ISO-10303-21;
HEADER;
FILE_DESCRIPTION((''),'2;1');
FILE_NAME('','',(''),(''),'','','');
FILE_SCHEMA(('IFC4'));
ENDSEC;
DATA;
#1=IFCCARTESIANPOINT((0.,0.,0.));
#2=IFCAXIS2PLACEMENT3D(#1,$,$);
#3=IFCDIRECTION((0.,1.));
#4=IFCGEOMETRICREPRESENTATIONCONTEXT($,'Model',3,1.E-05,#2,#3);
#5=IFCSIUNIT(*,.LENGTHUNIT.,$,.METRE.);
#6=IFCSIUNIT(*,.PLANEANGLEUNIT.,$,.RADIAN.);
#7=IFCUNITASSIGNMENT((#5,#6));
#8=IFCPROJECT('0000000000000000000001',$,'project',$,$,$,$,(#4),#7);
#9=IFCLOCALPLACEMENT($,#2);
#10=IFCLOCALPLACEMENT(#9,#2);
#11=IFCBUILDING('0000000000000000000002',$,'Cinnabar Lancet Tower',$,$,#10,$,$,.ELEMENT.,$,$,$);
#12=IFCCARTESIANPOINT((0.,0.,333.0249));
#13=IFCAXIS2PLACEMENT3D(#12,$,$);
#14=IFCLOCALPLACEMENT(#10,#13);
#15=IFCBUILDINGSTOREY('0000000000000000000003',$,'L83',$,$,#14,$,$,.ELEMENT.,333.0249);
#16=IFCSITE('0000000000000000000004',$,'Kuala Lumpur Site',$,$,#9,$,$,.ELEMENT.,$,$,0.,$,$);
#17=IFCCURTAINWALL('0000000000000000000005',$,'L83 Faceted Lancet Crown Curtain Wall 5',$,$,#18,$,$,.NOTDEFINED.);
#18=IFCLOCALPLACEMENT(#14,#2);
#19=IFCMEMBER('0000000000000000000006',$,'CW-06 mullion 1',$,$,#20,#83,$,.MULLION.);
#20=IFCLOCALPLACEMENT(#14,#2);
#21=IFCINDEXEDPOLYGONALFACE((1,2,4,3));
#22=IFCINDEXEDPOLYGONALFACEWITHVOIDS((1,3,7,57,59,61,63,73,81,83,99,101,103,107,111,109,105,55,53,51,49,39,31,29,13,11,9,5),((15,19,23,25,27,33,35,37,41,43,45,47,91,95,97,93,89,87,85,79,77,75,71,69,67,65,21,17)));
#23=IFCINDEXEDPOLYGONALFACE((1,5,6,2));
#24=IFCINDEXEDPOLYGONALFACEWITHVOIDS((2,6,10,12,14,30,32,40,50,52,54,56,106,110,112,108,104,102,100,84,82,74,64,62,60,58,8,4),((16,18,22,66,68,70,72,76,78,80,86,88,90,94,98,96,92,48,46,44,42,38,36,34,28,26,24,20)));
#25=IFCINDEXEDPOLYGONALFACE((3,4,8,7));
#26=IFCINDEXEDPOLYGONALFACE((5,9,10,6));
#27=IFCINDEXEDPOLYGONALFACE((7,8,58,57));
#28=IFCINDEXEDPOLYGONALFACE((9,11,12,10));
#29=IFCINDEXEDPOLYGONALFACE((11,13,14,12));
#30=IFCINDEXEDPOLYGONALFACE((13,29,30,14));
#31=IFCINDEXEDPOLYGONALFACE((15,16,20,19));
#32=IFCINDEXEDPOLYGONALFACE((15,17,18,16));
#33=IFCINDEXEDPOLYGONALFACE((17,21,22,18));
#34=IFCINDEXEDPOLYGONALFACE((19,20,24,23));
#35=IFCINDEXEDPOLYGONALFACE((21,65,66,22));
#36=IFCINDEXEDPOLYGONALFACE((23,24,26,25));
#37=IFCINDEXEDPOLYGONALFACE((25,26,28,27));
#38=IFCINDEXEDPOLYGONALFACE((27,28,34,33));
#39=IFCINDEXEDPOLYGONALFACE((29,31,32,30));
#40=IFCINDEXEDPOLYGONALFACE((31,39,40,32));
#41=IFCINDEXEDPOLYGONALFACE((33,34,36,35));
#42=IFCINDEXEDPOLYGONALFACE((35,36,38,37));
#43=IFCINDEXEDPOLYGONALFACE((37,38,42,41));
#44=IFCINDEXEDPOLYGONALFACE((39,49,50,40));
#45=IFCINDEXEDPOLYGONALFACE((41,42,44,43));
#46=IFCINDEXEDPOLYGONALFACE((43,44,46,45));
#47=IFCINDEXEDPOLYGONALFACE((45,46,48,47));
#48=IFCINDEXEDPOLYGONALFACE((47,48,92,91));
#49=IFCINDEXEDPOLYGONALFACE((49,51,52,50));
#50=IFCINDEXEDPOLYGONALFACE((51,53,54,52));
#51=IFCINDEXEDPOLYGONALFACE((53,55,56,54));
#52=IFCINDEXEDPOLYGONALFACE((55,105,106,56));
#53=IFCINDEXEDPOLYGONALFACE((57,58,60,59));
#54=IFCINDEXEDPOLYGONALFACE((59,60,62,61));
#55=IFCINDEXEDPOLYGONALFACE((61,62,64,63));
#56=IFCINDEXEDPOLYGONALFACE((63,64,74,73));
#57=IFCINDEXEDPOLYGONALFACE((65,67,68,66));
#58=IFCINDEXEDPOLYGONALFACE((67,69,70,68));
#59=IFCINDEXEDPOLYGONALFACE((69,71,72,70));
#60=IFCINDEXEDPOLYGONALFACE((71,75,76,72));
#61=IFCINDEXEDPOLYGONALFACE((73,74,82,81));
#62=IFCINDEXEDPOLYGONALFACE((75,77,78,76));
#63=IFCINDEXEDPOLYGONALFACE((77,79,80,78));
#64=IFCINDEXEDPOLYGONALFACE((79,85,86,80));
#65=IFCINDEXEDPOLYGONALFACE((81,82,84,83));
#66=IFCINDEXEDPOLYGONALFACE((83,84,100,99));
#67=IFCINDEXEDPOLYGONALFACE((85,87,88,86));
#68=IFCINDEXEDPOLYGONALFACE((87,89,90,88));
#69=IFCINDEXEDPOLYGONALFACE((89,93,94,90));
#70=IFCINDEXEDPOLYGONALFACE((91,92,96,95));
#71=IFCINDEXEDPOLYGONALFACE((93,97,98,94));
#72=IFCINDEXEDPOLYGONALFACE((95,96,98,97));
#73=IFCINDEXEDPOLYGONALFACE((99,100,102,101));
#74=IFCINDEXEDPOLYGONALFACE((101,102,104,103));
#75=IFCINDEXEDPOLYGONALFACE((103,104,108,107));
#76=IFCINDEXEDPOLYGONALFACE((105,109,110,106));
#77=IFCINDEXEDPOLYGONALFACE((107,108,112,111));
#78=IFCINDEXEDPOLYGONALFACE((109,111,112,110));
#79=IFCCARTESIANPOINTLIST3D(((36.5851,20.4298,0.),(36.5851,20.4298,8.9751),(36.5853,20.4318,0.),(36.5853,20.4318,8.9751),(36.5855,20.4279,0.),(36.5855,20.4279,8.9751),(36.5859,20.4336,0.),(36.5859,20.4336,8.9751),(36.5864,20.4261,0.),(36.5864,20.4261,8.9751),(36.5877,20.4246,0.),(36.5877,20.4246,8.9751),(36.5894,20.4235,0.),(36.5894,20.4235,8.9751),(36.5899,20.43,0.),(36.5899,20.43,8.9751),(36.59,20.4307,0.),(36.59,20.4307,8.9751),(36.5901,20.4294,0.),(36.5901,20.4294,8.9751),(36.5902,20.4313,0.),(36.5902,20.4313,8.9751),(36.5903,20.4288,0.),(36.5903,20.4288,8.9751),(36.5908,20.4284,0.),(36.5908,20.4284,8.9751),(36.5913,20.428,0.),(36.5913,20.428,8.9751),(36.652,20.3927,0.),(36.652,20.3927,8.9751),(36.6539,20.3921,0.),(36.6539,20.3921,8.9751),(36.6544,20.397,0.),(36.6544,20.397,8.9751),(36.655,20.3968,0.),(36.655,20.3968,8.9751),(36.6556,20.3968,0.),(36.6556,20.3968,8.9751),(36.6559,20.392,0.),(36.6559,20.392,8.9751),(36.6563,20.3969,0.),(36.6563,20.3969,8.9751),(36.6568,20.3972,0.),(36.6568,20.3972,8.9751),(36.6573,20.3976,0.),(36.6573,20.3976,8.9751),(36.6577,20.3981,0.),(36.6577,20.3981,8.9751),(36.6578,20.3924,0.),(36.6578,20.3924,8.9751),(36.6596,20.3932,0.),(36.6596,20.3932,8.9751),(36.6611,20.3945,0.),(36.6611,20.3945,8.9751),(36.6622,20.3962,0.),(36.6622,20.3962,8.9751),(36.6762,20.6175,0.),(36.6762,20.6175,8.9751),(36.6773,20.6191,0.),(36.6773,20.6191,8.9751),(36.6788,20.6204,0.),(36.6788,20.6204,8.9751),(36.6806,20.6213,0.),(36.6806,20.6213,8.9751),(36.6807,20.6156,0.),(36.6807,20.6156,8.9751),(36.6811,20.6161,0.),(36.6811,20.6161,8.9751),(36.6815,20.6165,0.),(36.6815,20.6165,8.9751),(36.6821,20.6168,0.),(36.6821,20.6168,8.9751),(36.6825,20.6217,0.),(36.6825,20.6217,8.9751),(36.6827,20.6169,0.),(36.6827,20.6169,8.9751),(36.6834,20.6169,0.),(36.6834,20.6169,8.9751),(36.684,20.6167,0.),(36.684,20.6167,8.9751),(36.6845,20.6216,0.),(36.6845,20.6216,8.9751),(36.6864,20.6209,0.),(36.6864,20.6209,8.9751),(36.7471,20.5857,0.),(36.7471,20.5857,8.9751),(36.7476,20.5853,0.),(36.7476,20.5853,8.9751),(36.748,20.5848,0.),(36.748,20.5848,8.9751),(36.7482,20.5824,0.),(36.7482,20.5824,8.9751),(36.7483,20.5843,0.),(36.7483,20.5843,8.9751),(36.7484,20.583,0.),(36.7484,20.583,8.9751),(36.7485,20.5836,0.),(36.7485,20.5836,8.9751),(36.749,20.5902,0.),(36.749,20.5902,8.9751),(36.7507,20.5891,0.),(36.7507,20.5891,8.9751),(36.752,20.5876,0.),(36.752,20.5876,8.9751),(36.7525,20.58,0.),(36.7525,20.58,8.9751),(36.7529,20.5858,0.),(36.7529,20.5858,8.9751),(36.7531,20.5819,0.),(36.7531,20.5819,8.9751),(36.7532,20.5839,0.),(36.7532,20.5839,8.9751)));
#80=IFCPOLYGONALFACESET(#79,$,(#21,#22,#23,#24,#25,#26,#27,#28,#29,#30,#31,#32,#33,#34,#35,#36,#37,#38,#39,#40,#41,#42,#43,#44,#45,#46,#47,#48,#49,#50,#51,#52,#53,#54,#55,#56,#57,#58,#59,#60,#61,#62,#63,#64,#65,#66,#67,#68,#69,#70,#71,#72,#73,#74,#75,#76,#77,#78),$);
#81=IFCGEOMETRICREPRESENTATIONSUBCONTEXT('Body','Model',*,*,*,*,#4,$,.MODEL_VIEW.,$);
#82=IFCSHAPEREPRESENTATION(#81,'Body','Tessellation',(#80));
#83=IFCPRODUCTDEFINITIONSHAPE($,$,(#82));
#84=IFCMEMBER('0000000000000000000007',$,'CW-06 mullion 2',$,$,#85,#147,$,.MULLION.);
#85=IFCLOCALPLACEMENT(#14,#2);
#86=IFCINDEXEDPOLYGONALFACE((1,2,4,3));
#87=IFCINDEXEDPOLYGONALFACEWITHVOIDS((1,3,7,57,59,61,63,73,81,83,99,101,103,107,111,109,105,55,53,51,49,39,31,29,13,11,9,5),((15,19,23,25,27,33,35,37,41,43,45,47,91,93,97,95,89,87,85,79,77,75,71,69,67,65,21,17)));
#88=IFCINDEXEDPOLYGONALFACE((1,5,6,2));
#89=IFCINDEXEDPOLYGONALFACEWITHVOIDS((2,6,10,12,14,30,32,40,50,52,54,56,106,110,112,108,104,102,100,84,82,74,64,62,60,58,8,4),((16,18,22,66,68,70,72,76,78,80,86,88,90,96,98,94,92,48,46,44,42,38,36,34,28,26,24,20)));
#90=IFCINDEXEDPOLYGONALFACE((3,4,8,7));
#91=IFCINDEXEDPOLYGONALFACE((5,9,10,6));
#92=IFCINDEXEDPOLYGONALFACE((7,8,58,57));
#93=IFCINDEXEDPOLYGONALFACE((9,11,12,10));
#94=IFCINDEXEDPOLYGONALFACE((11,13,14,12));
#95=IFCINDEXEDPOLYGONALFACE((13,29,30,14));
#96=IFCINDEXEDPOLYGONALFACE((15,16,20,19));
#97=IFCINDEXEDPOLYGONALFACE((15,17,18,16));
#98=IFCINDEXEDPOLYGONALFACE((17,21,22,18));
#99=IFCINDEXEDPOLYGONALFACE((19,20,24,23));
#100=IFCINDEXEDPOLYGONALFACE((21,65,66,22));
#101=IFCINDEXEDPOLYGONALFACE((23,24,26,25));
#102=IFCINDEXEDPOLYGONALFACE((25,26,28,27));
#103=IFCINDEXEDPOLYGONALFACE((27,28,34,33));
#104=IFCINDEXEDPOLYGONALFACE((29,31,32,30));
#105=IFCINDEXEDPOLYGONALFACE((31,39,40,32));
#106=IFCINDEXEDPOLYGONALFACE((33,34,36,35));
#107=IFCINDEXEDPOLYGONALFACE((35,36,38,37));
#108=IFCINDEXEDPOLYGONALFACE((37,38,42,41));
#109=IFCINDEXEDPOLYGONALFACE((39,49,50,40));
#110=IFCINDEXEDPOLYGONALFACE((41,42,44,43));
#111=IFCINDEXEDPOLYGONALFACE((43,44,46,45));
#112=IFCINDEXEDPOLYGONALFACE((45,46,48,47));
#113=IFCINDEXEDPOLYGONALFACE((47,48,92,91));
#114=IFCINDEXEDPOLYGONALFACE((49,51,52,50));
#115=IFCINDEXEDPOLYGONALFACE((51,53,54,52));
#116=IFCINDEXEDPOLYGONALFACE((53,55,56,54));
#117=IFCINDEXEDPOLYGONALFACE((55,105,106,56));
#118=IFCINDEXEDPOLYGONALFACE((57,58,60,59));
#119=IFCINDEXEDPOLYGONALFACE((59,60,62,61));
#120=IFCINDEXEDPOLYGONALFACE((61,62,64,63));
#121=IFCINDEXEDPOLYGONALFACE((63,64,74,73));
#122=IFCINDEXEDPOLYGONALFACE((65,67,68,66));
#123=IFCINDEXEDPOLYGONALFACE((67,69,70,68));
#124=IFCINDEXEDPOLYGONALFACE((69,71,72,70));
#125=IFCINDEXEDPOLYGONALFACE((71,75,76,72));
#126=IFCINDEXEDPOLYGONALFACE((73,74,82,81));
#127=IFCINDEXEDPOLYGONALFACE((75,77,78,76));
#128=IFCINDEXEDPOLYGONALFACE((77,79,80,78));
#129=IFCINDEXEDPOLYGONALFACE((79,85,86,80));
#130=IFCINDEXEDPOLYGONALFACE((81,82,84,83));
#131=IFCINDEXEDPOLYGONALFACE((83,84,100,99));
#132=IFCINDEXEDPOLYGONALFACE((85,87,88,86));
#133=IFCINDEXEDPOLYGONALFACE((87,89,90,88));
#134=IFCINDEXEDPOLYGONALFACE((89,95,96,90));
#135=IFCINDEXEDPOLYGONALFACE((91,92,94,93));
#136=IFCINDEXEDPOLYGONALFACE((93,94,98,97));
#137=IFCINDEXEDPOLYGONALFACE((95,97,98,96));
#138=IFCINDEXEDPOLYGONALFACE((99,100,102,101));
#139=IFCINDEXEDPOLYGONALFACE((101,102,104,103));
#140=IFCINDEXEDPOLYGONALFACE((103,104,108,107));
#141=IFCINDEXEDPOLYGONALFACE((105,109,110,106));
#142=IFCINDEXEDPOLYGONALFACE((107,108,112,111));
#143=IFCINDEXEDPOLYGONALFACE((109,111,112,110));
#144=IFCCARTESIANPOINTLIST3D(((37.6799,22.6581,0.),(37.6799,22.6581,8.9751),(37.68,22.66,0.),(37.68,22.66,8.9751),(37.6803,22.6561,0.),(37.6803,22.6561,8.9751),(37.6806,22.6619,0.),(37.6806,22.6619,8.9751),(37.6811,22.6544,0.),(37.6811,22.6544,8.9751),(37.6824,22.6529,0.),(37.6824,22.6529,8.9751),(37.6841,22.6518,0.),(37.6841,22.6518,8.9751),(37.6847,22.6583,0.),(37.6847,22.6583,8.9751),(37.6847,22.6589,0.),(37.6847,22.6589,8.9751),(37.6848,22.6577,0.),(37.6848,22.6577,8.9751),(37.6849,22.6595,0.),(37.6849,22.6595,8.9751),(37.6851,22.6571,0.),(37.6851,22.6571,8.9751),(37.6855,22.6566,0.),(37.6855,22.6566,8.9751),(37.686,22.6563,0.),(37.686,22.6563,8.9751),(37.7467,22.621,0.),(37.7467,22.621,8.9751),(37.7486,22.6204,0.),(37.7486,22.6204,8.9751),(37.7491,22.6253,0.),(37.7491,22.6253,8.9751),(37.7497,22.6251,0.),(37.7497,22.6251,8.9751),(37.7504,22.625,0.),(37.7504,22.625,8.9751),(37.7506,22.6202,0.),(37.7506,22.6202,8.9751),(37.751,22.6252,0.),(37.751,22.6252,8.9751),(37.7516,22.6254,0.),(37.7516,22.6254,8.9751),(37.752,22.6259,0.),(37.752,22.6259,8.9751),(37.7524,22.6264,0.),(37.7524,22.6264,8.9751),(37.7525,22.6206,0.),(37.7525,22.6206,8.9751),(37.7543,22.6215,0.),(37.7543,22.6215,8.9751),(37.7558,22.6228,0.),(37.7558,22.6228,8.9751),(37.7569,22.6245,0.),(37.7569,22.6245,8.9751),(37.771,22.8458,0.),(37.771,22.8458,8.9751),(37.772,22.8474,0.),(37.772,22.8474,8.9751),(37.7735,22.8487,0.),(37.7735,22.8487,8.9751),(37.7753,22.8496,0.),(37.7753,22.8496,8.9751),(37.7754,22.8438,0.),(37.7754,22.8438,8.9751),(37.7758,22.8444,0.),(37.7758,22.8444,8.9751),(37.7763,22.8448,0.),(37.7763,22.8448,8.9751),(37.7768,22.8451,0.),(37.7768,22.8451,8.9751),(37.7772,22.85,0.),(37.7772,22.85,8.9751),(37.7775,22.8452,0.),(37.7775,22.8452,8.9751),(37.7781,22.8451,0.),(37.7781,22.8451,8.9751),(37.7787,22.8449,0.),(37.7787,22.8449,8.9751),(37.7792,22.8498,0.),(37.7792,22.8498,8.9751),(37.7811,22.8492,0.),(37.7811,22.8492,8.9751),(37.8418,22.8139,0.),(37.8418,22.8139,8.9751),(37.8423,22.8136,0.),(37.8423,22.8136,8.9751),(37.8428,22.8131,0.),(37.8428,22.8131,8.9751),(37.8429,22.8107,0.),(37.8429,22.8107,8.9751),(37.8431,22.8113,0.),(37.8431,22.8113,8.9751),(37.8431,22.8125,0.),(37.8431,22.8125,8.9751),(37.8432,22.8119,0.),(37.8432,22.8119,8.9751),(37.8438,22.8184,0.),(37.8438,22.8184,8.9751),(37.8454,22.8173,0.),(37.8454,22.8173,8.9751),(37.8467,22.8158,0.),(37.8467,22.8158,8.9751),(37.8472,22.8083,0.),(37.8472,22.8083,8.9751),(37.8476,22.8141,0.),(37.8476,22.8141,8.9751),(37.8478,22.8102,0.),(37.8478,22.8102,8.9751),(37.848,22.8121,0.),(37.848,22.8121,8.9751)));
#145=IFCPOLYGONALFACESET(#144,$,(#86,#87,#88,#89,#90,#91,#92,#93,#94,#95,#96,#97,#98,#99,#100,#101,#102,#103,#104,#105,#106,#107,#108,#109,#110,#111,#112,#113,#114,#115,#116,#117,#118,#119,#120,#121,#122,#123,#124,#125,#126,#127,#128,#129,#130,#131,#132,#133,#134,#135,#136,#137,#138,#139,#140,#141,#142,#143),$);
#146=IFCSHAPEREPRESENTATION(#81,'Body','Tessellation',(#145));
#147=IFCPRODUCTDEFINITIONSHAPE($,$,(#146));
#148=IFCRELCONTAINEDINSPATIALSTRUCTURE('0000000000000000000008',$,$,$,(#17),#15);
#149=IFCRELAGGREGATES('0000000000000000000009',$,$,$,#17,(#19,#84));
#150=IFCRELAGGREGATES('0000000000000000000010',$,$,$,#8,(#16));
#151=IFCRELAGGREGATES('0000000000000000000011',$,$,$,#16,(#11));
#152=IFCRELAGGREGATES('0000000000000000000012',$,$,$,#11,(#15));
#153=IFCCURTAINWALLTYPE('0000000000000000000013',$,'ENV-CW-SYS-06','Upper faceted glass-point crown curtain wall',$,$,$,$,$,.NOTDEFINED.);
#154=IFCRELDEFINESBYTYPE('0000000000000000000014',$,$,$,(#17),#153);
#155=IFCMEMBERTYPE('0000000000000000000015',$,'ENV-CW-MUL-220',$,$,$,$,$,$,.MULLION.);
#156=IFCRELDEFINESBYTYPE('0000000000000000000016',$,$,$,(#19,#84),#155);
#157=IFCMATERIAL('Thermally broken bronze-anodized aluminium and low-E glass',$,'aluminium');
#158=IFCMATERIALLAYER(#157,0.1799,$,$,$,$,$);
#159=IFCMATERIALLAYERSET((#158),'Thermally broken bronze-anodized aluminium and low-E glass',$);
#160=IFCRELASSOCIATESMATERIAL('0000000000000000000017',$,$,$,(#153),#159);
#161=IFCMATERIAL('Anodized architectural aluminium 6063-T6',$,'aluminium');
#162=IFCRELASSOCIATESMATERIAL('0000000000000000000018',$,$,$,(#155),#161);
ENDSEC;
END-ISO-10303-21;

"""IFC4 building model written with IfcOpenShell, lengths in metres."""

from ifc_helpers import new_model, si_unit, direction, frame, origin, origin_2d, place, context, subcontext, project, spatial, hollow_rectangle, extrude, material, layer, layer_set, material_profile, profile_set, type_object, element, aggregate, save


model = new_model("IFC4")

# Units and contexts
model_context = context("Model", 3, precision=1e-05, world=origin(), true_north=direction((0.0, 1.0)))
body_context = subcontext(model_context, "Body", "Model", "MODEL_VIEW")
ifc_project = project(units=[si_unit("LENGTHUNIT", "METRE"), si_unit("PLANEANGLEUNIT", "RADIAN")], contexts=[model_context])

# Site, building, storey
site_placement = place(None, origin())
site = spatial("IfcSite", under=ifc_project, at=site_placement, Name="Kuala Lumpur Site", CompositionType="ELEMENT", RefElevation=0.0)
building_placement = place(site_placement, origin())
building = spatial("IfcBuilding", under=site, at=building_placement, Name="Cinnabar Lancet Tower", CompositionType="ELEMENT")
storey_placement = place(building_placement, frame((0.0, 0.0, 333.0249)))
storey = spatial("IfcBuildingStorey", under=building, at=storey_placement, Name="L83", CompositionType="ELEMENT", Elevation=333.0249)

# Curtain wall, members
ifc_material_1 = material(Name="Thermally broken bronze-anodized aluminium and low-E glass", Category="aluminium")
ifc_layer_1 = layer(ifc_material_1, 0.1799)
ifc_layer_set_1 = layer_set([ifc_layer_1], Name="Thermally broken bronze-anodized aluminium and low-E glass")
curtain_wall_type = type_object("IfcCurtainWallType", Name="ENV-CW-SYS-06", Description="Upper faceted glass-point crown curtain wall", PredefinedType="NOTDEFINED", material=ifc_layer_set_1)
ifc_material_2 = material(Name="Anodized architectural aluminium 6063-T6", Category="aluminium")
ifc_material_profile_1 = material_profile(ifc_material_2, hollow_rectangle(XDim=0.085, YDim=0.22, WallThickness=0.0049, InnerFilletRadius=0.0024, OuterFilletRadius=0.0076, at=origin_2d()), Name="CW-MUL 220x85x5")
ifc_profile_set_1 = profile_set([ifc_material_profile_1], Name="Anodized architectural aluminium 6063-T6")
member_type_1 = type_object("IfcMemberType", Name="ENV-CW-MUL-220", PredefinedType="MULLION", material=ifc_profile_set_1)
curtain_wall_1_placement = place(storey_placement, origin())
curtain_wall_1 = element("IfcCurtainWall", 1, at=curtain_wall_1_placement, inside=storey, type_object=curtain_wall_type, Name="L83 Faceted Lancet Crown Curtain Wall 5", PredefinedType="NOTDEFINED")
member_1_placement = place(storey_placement, frame((36.6692, 20.5068, 0.0), z_axis=(0.0, 0.0, 1.0), x_axis=(-0.89751, 0.440994, 0.0)))
member_1 = element("IfcMember", 2, at=member_1_placement, type_object=member_type_1, Name="CW-06 mullion 1", PredefinedType="MULLION", context=body_context, shape_type="SweptSolid", body=[
    extrude(hollow_rectangle(XDim=0.085, YDim=0.22, WallThickness=0.0049, InnerFilletRadius=0.0024, OuterFilletRadius=0.0076, at=origin_2d()), origin(), (0.0, 0.0, 1.0), 8.9751),
])
member_2_placement = place(storey_placement, frame((37.7639, 22.7351, 0.0), z_axis=(0.0, 0.0, 1.0), x_axis=(-0.89751, 0.440994, 0.0)))
member_2 = element("IfcMember", 3, at=member_2_placement, type_object=member_type_1, Name="CW-06 mullion 2", PredefinedType="MULLION", context=body_context, shape_type="SweptSolid", body=[
    extrude(hollow_rectangle(XDim=0.085, YDim=0.22, WallThickness=0.0049, InnerFilletRadius=0.0024, OuterFilletRadius=0.0076, at=origin_2d()), origin(), (0.0, 0.0, 1.0), 8.9751),
])

aggregate(curtain_wall_1, [member_1, member_2])

save(model, "model.ifc")
